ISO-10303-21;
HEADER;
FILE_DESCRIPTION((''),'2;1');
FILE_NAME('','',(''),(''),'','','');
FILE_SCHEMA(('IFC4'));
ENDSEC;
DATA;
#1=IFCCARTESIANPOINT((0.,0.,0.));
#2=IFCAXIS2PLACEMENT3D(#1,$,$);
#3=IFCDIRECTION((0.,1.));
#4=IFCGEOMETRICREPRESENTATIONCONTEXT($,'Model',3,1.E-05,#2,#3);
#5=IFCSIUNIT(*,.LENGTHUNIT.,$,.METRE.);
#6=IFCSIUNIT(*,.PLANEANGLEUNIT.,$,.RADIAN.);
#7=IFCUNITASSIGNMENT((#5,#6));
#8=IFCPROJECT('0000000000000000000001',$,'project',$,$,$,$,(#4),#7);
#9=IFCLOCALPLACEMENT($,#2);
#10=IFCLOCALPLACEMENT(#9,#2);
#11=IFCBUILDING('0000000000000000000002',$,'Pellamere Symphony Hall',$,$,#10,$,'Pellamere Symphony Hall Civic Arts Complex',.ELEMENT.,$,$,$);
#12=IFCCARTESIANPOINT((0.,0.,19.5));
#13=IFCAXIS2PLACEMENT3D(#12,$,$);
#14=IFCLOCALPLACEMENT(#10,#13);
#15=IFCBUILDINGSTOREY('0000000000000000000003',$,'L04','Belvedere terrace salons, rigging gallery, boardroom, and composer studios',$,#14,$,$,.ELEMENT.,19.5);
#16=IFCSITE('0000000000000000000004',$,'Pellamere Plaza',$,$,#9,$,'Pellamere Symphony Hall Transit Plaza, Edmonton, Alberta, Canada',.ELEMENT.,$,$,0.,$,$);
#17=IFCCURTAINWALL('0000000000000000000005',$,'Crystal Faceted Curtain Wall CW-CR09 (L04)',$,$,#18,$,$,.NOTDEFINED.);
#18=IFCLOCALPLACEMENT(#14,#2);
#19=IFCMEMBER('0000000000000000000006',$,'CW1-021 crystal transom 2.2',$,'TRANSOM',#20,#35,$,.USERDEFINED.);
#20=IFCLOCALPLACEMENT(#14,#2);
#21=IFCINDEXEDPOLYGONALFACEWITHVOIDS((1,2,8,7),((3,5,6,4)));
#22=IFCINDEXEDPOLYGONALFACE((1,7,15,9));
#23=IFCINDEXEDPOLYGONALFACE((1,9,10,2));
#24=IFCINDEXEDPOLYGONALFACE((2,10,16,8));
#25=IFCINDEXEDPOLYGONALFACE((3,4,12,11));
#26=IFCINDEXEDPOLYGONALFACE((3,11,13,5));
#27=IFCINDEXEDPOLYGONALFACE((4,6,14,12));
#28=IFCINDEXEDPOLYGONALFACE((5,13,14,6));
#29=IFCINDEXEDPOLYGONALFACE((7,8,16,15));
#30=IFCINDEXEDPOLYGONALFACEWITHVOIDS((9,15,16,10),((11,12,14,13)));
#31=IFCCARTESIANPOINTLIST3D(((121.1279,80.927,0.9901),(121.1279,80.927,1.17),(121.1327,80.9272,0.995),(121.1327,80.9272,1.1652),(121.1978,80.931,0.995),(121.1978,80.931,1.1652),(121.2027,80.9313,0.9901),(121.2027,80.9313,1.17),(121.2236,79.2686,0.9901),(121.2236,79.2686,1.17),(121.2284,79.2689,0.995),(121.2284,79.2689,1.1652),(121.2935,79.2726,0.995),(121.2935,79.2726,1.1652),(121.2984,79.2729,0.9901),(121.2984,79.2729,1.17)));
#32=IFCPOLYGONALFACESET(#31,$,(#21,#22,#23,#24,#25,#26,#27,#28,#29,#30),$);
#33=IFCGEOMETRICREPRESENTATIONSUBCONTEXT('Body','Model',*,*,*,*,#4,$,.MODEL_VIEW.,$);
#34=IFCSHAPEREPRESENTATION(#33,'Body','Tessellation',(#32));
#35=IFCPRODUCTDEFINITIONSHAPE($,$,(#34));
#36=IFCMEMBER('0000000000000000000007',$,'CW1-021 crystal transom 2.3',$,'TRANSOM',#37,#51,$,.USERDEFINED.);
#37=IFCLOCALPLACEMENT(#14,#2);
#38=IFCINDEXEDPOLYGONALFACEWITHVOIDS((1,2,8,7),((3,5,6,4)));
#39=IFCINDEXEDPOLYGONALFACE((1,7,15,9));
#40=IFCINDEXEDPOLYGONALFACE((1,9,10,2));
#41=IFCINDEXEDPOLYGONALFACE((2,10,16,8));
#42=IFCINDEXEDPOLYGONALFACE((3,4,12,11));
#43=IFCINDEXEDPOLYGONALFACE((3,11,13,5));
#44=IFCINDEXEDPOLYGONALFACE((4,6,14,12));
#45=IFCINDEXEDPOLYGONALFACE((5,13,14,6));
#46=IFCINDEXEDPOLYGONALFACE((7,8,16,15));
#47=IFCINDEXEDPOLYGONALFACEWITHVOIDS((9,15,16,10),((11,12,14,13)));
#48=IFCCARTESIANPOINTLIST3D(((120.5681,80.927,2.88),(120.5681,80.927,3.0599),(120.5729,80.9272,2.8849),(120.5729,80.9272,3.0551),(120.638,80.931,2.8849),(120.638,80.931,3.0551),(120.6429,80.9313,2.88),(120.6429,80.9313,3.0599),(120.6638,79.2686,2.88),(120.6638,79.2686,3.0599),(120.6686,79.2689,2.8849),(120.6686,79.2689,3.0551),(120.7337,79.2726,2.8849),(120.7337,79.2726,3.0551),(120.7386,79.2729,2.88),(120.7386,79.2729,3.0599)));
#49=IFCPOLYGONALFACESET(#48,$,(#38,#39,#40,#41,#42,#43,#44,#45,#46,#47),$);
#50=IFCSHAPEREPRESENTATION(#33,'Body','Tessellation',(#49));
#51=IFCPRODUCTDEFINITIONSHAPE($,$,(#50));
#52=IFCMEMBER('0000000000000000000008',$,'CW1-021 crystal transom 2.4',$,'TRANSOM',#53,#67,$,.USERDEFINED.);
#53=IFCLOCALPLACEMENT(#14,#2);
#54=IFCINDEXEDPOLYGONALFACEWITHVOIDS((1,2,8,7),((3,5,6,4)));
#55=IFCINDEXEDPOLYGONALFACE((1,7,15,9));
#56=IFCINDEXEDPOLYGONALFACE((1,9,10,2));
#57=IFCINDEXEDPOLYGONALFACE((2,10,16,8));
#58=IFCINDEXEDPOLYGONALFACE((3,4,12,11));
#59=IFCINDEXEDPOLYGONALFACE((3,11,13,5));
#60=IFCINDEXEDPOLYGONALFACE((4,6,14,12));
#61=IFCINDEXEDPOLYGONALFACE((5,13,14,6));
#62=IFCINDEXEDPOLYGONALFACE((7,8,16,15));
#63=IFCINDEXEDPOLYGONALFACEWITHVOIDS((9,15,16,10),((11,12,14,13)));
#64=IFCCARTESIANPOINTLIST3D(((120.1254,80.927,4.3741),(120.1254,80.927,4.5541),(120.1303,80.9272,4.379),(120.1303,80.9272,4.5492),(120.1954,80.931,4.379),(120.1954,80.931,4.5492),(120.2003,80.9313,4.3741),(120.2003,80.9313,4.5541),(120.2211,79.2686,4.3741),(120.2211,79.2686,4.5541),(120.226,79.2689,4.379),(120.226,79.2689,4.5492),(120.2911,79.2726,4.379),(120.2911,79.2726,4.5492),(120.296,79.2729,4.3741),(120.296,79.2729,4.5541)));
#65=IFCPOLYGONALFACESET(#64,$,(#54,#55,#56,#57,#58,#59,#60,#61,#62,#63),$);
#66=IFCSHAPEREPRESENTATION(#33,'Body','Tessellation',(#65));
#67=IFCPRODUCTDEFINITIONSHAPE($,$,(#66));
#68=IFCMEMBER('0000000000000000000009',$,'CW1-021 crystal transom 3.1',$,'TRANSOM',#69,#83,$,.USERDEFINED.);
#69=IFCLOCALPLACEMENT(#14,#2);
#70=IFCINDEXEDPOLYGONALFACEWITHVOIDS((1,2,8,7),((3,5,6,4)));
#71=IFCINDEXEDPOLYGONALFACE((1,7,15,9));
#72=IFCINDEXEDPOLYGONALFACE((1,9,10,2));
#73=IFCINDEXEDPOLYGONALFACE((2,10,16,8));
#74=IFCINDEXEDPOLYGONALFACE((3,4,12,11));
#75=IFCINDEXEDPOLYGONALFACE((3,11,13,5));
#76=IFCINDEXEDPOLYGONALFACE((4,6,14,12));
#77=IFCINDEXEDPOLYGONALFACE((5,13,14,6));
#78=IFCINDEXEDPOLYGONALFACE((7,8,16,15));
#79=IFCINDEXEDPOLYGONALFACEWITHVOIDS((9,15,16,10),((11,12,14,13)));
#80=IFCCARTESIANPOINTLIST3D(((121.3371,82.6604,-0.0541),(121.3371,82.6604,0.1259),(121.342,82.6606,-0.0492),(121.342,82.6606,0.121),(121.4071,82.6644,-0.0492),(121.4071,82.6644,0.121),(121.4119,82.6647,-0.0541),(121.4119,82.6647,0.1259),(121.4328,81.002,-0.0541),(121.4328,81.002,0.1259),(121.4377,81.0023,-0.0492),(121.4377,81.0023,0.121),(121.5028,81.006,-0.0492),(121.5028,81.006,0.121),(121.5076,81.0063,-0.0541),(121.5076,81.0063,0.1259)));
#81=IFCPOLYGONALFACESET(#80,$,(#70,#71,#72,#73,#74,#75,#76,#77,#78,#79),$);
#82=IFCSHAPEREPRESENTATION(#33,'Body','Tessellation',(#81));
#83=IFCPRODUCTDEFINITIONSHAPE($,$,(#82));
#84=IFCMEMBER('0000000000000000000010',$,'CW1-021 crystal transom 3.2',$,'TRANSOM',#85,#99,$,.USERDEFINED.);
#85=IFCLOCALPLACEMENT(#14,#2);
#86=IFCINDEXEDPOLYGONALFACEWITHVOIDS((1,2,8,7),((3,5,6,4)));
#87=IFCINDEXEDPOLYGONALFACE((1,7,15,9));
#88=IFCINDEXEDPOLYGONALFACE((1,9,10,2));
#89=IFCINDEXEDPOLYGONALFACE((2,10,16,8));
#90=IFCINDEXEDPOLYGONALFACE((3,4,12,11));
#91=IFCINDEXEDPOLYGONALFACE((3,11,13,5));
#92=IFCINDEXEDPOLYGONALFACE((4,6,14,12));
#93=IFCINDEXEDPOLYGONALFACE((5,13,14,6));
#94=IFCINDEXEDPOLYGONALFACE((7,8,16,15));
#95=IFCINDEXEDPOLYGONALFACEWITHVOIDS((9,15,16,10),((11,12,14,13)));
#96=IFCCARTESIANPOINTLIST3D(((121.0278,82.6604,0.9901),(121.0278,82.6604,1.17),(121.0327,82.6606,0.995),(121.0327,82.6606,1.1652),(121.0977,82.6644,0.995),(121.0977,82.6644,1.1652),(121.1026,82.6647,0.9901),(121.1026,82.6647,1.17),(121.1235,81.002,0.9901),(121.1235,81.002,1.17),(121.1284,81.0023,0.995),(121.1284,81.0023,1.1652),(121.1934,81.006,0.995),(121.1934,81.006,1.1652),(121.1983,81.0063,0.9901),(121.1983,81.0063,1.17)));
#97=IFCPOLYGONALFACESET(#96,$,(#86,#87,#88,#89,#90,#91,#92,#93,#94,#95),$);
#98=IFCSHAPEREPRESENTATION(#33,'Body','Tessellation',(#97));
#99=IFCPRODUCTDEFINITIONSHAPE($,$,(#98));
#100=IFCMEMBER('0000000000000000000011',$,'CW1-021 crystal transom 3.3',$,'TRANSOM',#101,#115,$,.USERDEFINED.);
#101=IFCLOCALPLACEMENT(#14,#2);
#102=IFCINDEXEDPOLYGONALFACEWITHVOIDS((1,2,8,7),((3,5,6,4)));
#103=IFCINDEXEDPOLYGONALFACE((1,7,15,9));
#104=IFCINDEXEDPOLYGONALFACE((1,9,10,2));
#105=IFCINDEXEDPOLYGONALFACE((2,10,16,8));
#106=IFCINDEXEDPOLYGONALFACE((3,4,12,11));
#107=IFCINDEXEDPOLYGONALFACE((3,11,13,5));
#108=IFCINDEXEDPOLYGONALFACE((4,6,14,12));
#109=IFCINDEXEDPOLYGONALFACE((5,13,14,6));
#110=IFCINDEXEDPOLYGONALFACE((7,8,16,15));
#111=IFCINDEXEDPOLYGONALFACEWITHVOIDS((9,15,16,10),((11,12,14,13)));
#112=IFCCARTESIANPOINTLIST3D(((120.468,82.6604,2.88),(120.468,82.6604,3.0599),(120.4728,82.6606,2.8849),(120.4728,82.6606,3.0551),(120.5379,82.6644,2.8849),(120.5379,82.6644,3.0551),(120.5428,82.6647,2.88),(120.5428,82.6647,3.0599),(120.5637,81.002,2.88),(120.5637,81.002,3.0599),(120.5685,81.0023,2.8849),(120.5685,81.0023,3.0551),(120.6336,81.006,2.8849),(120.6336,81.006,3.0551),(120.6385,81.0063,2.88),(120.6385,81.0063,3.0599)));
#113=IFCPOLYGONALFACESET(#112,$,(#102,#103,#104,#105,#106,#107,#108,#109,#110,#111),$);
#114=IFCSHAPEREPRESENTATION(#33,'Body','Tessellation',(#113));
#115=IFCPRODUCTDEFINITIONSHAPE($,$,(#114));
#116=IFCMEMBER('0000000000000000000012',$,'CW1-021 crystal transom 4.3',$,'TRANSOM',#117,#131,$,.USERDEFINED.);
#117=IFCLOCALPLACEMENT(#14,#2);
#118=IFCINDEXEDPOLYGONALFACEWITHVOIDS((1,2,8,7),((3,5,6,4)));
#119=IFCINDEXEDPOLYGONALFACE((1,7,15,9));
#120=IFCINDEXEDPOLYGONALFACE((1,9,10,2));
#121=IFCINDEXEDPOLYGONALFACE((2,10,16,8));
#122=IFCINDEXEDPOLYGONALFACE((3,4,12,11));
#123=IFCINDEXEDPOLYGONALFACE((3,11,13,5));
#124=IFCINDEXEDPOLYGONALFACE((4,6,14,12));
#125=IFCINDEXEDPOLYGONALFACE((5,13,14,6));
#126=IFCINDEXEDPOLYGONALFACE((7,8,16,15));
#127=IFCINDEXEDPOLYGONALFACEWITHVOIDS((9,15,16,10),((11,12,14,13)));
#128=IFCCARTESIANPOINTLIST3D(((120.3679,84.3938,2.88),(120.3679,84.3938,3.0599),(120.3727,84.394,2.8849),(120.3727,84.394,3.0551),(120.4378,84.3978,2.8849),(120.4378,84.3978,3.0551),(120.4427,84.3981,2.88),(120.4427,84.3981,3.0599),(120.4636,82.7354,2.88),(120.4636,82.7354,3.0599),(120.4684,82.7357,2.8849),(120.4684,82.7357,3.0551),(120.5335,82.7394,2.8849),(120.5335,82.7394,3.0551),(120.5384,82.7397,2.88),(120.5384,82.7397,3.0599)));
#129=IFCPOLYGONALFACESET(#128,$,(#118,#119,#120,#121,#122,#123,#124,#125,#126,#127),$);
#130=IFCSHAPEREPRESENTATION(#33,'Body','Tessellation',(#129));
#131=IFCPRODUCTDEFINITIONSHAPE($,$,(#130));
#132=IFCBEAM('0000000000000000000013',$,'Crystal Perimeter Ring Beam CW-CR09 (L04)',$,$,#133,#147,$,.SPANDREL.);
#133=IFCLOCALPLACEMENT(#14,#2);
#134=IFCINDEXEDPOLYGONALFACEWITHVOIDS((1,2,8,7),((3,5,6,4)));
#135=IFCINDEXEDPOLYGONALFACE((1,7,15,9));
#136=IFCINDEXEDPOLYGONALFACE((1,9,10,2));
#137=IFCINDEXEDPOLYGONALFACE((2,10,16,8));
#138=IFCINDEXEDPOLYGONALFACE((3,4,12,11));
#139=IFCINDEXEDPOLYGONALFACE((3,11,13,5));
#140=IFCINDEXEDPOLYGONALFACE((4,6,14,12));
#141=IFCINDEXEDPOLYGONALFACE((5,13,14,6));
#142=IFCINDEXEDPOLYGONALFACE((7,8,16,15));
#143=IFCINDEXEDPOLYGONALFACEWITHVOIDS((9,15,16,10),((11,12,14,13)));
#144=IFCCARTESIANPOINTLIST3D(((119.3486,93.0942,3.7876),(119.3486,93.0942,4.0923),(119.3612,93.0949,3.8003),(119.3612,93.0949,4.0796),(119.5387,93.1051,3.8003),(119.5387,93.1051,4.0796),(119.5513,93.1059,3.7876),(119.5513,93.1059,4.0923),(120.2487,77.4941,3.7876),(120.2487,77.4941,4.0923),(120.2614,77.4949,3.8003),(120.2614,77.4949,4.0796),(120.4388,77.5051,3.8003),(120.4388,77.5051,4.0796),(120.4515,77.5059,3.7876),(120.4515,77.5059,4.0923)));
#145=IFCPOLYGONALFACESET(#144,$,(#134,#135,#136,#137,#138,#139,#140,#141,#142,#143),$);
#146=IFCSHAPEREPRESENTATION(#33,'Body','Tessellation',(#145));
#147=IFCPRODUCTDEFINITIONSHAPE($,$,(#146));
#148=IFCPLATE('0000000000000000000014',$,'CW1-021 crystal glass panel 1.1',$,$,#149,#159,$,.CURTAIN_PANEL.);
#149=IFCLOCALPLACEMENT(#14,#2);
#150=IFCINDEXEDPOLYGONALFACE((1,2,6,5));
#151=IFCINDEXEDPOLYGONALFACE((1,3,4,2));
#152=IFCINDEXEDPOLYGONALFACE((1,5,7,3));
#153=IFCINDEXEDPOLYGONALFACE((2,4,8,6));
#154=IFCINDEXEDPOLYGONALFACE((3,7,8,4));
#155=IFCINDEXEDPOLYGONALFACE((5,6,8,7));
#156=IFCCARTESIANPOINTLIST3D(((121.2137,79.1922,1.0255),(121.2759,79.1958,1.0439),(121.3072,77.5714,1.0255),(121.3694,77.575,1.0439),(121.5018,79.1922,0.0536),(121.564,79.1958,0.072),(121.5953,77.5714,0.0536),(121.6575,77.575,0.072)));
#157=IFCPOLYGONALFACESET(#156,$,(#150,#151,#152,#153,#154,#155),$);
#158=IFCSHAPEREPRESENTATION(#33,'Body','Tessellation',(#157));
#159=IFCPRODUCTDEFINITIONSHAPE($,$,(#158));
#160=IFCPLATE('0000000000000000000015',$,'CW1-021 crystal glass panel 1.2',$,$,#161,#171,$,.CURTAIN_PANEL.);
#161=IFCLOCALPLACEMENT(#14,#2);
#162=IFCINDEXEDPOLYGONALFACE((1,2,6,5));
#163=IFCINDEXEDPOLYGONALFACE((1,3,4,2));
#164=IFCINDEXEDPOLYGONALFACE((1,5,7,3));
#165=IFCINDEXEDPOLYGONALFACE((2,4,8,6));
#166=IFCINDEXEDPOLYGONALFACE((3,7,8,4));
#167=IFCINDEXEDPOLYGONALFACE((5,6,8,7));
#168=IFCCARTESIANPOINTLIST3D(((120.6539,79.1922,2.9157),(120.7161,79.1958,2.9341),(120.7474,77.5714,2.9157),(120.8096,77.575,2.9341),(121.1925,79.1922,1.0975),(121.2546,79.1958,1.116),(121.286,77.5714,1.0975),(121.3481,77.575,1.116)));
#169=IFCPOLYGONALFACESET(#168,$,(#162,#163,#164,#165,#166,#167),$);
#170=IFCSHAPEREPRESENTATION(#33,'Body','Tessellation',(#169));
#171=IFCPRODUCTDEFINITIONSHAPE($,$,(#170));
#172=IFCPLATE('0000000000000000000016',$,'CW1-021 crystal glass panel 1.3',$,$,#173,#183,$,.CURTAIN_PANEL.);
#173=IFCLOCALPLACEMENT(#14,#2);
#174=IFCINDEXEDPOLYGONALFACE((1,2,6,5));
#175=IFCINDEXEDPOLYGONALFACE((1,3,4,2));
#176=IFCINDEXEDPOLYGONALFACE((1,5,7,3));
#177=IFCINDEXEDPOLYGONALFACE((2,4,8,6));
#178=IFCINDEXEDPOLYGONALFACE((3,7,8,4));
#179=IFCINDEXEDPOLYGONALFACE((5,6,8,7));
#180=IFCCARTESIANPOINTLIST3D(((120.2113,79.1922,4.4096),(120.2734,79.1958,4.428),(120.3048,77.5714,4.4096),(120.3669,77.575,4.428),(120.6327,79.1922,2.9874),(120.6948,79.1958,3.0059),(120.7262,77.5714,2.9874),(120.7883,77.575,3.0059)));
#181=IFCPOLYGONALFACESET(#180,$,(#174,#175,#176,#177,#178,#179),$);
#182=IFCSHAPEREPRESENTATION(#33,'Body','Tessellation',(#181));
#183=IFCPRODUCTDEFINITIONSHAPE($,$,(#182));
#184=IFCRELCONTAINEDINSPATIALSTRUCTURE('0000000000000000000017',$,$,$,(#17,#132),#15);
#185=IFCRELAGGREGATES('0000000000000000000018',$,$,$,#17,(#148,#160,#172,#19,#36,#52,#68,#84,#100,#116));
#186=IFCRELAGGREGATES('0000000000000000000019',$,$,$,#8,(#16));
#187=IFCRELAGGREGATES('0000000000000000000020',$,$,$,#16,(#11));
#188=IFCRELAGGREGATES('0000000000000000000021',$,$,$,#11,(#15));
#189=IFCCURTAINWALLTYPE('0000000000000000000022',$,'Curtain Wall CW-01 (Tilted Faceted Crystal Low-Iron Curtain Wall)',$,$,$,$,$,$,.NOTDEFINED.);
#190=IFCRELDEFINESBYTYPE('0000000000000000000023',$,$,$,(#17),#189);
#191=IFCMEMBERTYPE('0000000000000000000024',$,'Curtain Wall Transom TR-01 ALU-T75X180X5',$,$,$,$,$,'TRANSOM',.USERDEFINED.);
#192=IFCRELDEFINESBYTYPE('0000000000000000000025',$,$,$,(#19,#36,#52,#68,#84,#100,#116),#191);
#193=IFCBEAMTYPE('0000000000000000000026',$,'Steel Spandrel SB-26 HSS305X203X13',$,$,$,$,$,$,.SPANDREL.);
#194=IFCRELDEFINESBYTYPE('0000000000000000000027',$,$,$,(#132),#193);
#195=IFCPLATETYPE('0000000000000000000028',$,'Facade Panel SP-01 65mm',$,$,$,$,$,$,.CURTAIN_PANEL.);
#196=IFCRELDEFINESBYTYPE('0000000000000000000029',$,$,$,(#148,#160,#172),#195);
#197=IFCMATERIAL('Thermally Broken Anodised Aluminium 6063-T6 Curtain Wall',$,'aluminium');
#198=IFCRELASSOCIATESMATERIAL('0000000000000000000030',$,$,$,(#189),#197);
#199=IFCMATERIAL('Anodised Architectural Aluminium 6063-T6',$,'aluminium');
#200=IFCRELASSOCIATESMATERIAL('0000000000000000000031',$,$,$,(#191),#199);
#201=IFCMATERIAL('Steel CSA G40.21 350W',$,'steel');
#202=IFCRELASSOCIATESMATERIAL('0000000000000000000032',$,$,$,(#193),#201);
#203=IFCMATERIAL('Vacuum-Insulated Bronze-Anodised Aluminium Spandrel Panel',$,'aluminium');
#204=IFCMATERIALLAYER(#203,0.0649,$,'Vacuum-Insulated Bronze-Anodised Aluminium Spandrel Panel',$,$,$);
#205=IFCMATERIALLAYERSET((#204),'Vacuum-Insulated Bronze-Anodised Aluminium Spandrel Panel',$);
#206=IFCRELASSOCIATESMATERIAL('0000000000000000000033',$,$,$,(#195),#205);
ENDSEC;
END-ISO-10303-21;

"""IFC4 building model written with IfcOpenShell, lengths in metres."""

from ifc_helpers import new_model, si_unit, direction, frame, origin, origin_2d, place, context, subcontext, project, spatial, polyline, hollow_rectangle, outline, extrude, material, layer, layer_set, material_profile, profile_set, type_object, element, aggregate, save


model = new_model("IFC4")

# Units and contexts
model_context = context("Model", 3, precision=1e-05, world=origin(), true_north=direction((0.0, 1.0)))
body_context = subcontext(model_context, "Body", "Model", "MODEL_VIEW")
ifc_project = project(units=[si_unit("LENGTHUNIT", "METRE"), si_unit("PLANEANGLEUNIT", "RADIAN")], contexts=[model_context])

# Site, building, storey
site_placement = place(None, origin())
site = spatial("IfcSite", under=ifc_project, at=site_placement, Name="Pellamere Plaza", LongName="Pellamere Symphony Hall Transit Plaza, Edmonton, Alberta, Canada", CompositionType="ELEMENT", RefElevation=0.0)
building_placement = place(site_placement, origin())
building = spatial("IfcBuilding", under=site, at=building_placement, Name="Pellamere Symphony Hall", LongName="Pellamere Symphony Hall Civic Arts Complex", CompositionType="ELEMENT")
storey_placement = place(building_placement, frame((0.0, 0.0, 19.5)))
storey = spatial("IfcBuildingStorey", under=building, at=storey_placement, Name="L04", Description="Belvedere terrace salons, rigging gallery, boardroom, and composer studios", CompositionType="ELEMENT", Elevation=19.5)

# Shared definitions
ifc_material_1 = material(Name="Thermally Broken Anodised Aluminium 6063-T6 Curtain Wall", Category="aluminium")
curtain_wall_type = type_object("IfcCurtainWallType", Name="Curtain Wall CW-01 (Tilted Faceted Crystal Low-Iron Curtain Wall)", PredefinedType="NOTDEFINED", material=ifc_material_1)
ifc_material_2 = material(Name="Anodised Architectural Aluminium 6063-T6", Category="aluminium")

# Curtain wall
curtain_wall_1_placement = place(storey_placement, origin())
curtain_wall_1 = element("IfcCurtainWall", 1, at=curtain_wall_1_placement, inside=storey, type_object=curtain_wall_type, Name="Crystal Faceted Curtain Wall CW-CR09 (L04)", PredefinedType="NOTDEFINED")

# Members
ifc_material_profile_1 = material_profile(ifc_material_2, hollow_rectangle(XDim=0.075, YDim=0.1799, WallThickness=0.0049, at=origin_2d()), Name="ALU-T75X180X5")
ifc_profile_set_1 = profile_set([ifc_material_profile_1], Name="Anodised Architectural Aluminium 6063-T6")
member_type_1 = type_object("IfcMemberType", Name="Curtain Wall Transom TR-01 ALU-T75X180X5", ElementType="TRANSOM", PredefinedType="USERDEFINED", material=ifc_profile_set_1)
member_1_placement = place(storey_placement, frame((121.261, 79.2708, 1.0801), z_axis=(-0.057611, 0.998339, 0.0), x_axis=(-0.998339, -0.057611, 0.0)))
member_1 = element("IfcMember", 2, at=member_1_placement, type_object=member_type_1, Name="CW1-021 crystal transom 2.2", ObjectType="TRANSOM", PredefinedType="USERDEFINED", context=body_context, shape_type="SweptSolid", body=[
    extrude(hollow_rectangle(XDim=0.075, YDim=0.1799, WallThickness=0.0049, at=origin_2d()), origin(), (0.0, 0.0, 1.0), 1.6611),
])
member_2_placement = place(storey_placement, frame((120.7012, 79.2708, 2.97), z_axis=(-0.057611, 0.998339, 0.0), x_axis=(-0.998339, -0.057611, 0.0)))
member_2 = element("IfcMember", 3, at=member_2_placement, type_object=member_type_1, Name="CW1-021 crystal transom 2.3", ObjectType="TRANSOM", PredefinedType="USERDEFINED", context=body_context, shape_type="SweptSolid", body=[
    extrude(hollow_rectangle(XDim=0.075, YDim=0.1799, WallThickness=0.0049, at=origin_2d()), origin(), (0.0, 0.0, 1.0), 1.6611),
])
member_3_placement = place(storey_placement, frame((120.2585, 79.2708, 4.4641), z_axis=(-0.057611, 0.998339, 0.0), x_axis=(-0.998339, -0.057611, 0.0)))
member_3 = element("IfcMember", 4, at=member_3_placement, type_object=member_type_1, Name="CW1-021 crystal transom 2.4", ObjectType="TRANSOM", PredefinedType="USERDEFINED", context=body_context, shape_type="SweptSolid", body=[
    extrude(hollow_rectangle(XDim=0.075, YDim=0.1799, WallThickness=0.0049, at=origin_2d()), origin(), (0.0, 0.0, 1.0), 1.6611),
])
member_4_placement = place(storey_placement, frame((121.4702, 81.0042, 0.0359), z_axis=(-0.057611, 0.998339, 0.0), x_axis=(-0.998339, -0.057611, 0.0)))
member_4 = element("IfcMember", 5, at=member_4_placement, type_object=member_type_1, Name="CW1-021 crystal transom 3.1", ObjectType="TRANSOM", PredefinedType="USERDEFINED", context=body_context, shape_type="SweptSolid", body=[
    extrude(hollow_rectangle(XDim=0.075, YDim=0.1799, WallThickness=0.0049, at=origin_2d()), origin(), (0.0, 0.0, 1.0), 1.6611),
])
member_5_placement = place(storey_placement, frame((121.1609, 81.0042, 1.0801), z_axis=(-0.057611, 0.998339, 0.0), x_axis=(-0.998339, -0.057611, 0.0)))
member_5 = element("IfcMember", 6, at=member_5_placement, type_object=member_type_1, Name="CW1-021 crystal transom 3.2", ObjectType="TRANSOM", PredefinedType="USERDEFINED", context=body_context, shape_type="SweptSolid", body=[
    extrude(hollow_rectangle(XDim=0.075, YDim=0.1799, WallThickness=0.0049, at=origin_2d()), origin(), (0.0, 0.0, 1.0), 1.6611),
])
member_6_placement = place(storey_placement, frame((120.6011, 81.0042, 2.97), z_axis=(-0.057611, 0.998339, 0.0), x_axis=(-0.998339, -0.057611, 0.0)))
member_6 = element("IfcMember", 7, at=member_6_placement, type_object=member_type_1, Name="CW1-021 crystal transom 3.3", ObjectType="TRANSOM", PredefinedType="USERDEFINED", context=body_context, shape_type="SweptSolid", body=[
    extrude(hollow_rectangle(XDim=0.075, YDim=0.1799, WallThickness=0.0049, at=origin_2d()), origin(), (0.0, 0.0, 1.0), 1.6611),
])
member_7_placement = place(storey_placement, frame((120.501, 82.7375, 2.97), z_axis=(-0.057611, 0.998339, 0.0), x_axis=(-0.998339, -0.057611, 0.0)))
member_7 = element("IfcMember", 8, at=member_7_placement, type_object=member_type_1, Name="CW1-021 crystal transom 4.3", ObjectType="TRANSOM", PredefinedType="USERDEFINED", context=body_context, shape_type="SweptSolid", body=[
    extrude(hollow_rectangle(XDim=0.075, YDim=0.1799, WallThickness=0.0049, at=origin_2d()), origin(), (0.0, 0.0, 1.0), 1.6611),
])

# Beam
ifc_material_3 = material(Name="Steel CSA G40.21 350W", Category="steel")
ifc_material_profile_2 = material_profile(ifc_material_3, hollow_rectangle(XDim=0.2031, YDim=0.3047, WallThickness=0.0127, at=origin_2d()), Name="HSS305X203X13")
ifc_profile_set_2 = profile_set([ifc_material_profile_2], Name="Steel CSA G40.21 350W")
beam_type = type_object("IfcBeamType", Name="Steel Spandrel SB-26 HSS305X203X13", PredefinedType="SPANDREL", material=ifc_profile_set_2)
beam_placement = place(storey_placement, frame((120.3501, 77.5, 3.9399), z_axis=(-0.057606, 0.998339, 0.0), x_axis=(-0.998339, -0.057606, 0.0)))
element("IfcBeam", 9, at=beam_placement, inside=storey, type_object=beam_type, Name="Crystal Perimeter Ring Beam CW-CR09 (L04)", PredefinedType="SPANDREL", context=body_context, shape_type="SweptSolid", body=[
    extrude(hollow_rectangle(XDim=0.2031, YDim=0.3047, WallThickness=0.0127, at=origin_2d()), origin(), (0.0, 0.0, 1.0), 15.626),
])

# Plates
ifc_material_4 = material(Name="Vacuum-Insulated Bronze-Anodised Aluminium Spandrel Panel", Category="aluminium")
ifc_layer_1 = layer(ifc_material_4, 0.0649, Name="Vacuum-Insulated Bronze-Anodised Aluminium Spandrel Panel")
ifc_layer_set_1 = layer_set([ifc_layer_1], Name="Vacuum-Insulated Bronze-Anodised Aluminium Spandrel Panel")
plate_type_1 = type_object("IfcPlateType", Name="Facade Panel SP-01 65mm", PredefinedType="CURTAIN_PANEL", material=ifc_layer_set_1)
plate_1_placement = place(storey_placement, frame((121.6575, 77.575, 0.072), z_axis=(0.957306, 0.055226, 0.283753), x_axis=(-0.057594, 0.99834, 0.0)))
plate_1 = element("IfcPlate", 10, at=plate_1_placement, type_object=plate_type_1, Name="CW1-021 crystal glass panel 1.1", PredefinedType="CURTAIN_PANEL", context=body_context, shape_type="SweptSolid", body=[
    extrude(outline(polyline([(0.0, 0.0), (1.6235, 0.0), (1.6401, 1.0136), (0.0166, 1.0136), (0.0, 0.0)])), origin(), (0.0, 0.0, -1.0), 0.0649),
])
plate_2_placement = place(storey_placement, frame((121.3481, 77.575, 1.116), z_axis=(0.957353, 0.055229, 0.283593), x_axis=(-0.057594, 0.99834, 0.0)))
plate_2 = element("IfcPlate", 11, at=plate_2_placement, type_object=plate_type_1, Name="CW1-021 crystal glass panel 1.2", PredefinedType="CURTAIN_PANEL", context=body_context, shape_type="SweptSolid", body=[
    extrude(outline(polyline([(0.0, 0.0), (1.6235, 0.0), (1.6546, 1.896), (0.031, 1.896), (0.0, 0.0)])), origin(), (0.0, 0.0, -1.0), 0.0649),
])
plate_3_placement = place(storey_placement, frame((120.7883, 77.575, 3.0059), z_axis=(0.957331, 0.055228, 0.283666), x_axis=(-0.057594, 0.99834, 0.0)))
plate_3 = element("IfcPlate", 12, at=plate_3_placement, type_object=plate_type_1, Name="CW1-021 crystal glass panel 1.3", PredefinedType="CURTAIN_PANEL", context=body_context, shape_type="SweptSolid", body=[
    extrude(outline(polyline([(0.0, 0.0), (1.6235, 0.0), (1.6478, 1.483), (0.0243, 1.483), (0.0, 0.0)])), origin(), (0.0, 0.0, -1.0), 0.0649),
])
aggregate(curtain_wall_1, [plate_1, plate_2, plate_3, member_1, member_2, member_3, member_4, member_5, member_6, member_7])

save(model, "model.ifc")
